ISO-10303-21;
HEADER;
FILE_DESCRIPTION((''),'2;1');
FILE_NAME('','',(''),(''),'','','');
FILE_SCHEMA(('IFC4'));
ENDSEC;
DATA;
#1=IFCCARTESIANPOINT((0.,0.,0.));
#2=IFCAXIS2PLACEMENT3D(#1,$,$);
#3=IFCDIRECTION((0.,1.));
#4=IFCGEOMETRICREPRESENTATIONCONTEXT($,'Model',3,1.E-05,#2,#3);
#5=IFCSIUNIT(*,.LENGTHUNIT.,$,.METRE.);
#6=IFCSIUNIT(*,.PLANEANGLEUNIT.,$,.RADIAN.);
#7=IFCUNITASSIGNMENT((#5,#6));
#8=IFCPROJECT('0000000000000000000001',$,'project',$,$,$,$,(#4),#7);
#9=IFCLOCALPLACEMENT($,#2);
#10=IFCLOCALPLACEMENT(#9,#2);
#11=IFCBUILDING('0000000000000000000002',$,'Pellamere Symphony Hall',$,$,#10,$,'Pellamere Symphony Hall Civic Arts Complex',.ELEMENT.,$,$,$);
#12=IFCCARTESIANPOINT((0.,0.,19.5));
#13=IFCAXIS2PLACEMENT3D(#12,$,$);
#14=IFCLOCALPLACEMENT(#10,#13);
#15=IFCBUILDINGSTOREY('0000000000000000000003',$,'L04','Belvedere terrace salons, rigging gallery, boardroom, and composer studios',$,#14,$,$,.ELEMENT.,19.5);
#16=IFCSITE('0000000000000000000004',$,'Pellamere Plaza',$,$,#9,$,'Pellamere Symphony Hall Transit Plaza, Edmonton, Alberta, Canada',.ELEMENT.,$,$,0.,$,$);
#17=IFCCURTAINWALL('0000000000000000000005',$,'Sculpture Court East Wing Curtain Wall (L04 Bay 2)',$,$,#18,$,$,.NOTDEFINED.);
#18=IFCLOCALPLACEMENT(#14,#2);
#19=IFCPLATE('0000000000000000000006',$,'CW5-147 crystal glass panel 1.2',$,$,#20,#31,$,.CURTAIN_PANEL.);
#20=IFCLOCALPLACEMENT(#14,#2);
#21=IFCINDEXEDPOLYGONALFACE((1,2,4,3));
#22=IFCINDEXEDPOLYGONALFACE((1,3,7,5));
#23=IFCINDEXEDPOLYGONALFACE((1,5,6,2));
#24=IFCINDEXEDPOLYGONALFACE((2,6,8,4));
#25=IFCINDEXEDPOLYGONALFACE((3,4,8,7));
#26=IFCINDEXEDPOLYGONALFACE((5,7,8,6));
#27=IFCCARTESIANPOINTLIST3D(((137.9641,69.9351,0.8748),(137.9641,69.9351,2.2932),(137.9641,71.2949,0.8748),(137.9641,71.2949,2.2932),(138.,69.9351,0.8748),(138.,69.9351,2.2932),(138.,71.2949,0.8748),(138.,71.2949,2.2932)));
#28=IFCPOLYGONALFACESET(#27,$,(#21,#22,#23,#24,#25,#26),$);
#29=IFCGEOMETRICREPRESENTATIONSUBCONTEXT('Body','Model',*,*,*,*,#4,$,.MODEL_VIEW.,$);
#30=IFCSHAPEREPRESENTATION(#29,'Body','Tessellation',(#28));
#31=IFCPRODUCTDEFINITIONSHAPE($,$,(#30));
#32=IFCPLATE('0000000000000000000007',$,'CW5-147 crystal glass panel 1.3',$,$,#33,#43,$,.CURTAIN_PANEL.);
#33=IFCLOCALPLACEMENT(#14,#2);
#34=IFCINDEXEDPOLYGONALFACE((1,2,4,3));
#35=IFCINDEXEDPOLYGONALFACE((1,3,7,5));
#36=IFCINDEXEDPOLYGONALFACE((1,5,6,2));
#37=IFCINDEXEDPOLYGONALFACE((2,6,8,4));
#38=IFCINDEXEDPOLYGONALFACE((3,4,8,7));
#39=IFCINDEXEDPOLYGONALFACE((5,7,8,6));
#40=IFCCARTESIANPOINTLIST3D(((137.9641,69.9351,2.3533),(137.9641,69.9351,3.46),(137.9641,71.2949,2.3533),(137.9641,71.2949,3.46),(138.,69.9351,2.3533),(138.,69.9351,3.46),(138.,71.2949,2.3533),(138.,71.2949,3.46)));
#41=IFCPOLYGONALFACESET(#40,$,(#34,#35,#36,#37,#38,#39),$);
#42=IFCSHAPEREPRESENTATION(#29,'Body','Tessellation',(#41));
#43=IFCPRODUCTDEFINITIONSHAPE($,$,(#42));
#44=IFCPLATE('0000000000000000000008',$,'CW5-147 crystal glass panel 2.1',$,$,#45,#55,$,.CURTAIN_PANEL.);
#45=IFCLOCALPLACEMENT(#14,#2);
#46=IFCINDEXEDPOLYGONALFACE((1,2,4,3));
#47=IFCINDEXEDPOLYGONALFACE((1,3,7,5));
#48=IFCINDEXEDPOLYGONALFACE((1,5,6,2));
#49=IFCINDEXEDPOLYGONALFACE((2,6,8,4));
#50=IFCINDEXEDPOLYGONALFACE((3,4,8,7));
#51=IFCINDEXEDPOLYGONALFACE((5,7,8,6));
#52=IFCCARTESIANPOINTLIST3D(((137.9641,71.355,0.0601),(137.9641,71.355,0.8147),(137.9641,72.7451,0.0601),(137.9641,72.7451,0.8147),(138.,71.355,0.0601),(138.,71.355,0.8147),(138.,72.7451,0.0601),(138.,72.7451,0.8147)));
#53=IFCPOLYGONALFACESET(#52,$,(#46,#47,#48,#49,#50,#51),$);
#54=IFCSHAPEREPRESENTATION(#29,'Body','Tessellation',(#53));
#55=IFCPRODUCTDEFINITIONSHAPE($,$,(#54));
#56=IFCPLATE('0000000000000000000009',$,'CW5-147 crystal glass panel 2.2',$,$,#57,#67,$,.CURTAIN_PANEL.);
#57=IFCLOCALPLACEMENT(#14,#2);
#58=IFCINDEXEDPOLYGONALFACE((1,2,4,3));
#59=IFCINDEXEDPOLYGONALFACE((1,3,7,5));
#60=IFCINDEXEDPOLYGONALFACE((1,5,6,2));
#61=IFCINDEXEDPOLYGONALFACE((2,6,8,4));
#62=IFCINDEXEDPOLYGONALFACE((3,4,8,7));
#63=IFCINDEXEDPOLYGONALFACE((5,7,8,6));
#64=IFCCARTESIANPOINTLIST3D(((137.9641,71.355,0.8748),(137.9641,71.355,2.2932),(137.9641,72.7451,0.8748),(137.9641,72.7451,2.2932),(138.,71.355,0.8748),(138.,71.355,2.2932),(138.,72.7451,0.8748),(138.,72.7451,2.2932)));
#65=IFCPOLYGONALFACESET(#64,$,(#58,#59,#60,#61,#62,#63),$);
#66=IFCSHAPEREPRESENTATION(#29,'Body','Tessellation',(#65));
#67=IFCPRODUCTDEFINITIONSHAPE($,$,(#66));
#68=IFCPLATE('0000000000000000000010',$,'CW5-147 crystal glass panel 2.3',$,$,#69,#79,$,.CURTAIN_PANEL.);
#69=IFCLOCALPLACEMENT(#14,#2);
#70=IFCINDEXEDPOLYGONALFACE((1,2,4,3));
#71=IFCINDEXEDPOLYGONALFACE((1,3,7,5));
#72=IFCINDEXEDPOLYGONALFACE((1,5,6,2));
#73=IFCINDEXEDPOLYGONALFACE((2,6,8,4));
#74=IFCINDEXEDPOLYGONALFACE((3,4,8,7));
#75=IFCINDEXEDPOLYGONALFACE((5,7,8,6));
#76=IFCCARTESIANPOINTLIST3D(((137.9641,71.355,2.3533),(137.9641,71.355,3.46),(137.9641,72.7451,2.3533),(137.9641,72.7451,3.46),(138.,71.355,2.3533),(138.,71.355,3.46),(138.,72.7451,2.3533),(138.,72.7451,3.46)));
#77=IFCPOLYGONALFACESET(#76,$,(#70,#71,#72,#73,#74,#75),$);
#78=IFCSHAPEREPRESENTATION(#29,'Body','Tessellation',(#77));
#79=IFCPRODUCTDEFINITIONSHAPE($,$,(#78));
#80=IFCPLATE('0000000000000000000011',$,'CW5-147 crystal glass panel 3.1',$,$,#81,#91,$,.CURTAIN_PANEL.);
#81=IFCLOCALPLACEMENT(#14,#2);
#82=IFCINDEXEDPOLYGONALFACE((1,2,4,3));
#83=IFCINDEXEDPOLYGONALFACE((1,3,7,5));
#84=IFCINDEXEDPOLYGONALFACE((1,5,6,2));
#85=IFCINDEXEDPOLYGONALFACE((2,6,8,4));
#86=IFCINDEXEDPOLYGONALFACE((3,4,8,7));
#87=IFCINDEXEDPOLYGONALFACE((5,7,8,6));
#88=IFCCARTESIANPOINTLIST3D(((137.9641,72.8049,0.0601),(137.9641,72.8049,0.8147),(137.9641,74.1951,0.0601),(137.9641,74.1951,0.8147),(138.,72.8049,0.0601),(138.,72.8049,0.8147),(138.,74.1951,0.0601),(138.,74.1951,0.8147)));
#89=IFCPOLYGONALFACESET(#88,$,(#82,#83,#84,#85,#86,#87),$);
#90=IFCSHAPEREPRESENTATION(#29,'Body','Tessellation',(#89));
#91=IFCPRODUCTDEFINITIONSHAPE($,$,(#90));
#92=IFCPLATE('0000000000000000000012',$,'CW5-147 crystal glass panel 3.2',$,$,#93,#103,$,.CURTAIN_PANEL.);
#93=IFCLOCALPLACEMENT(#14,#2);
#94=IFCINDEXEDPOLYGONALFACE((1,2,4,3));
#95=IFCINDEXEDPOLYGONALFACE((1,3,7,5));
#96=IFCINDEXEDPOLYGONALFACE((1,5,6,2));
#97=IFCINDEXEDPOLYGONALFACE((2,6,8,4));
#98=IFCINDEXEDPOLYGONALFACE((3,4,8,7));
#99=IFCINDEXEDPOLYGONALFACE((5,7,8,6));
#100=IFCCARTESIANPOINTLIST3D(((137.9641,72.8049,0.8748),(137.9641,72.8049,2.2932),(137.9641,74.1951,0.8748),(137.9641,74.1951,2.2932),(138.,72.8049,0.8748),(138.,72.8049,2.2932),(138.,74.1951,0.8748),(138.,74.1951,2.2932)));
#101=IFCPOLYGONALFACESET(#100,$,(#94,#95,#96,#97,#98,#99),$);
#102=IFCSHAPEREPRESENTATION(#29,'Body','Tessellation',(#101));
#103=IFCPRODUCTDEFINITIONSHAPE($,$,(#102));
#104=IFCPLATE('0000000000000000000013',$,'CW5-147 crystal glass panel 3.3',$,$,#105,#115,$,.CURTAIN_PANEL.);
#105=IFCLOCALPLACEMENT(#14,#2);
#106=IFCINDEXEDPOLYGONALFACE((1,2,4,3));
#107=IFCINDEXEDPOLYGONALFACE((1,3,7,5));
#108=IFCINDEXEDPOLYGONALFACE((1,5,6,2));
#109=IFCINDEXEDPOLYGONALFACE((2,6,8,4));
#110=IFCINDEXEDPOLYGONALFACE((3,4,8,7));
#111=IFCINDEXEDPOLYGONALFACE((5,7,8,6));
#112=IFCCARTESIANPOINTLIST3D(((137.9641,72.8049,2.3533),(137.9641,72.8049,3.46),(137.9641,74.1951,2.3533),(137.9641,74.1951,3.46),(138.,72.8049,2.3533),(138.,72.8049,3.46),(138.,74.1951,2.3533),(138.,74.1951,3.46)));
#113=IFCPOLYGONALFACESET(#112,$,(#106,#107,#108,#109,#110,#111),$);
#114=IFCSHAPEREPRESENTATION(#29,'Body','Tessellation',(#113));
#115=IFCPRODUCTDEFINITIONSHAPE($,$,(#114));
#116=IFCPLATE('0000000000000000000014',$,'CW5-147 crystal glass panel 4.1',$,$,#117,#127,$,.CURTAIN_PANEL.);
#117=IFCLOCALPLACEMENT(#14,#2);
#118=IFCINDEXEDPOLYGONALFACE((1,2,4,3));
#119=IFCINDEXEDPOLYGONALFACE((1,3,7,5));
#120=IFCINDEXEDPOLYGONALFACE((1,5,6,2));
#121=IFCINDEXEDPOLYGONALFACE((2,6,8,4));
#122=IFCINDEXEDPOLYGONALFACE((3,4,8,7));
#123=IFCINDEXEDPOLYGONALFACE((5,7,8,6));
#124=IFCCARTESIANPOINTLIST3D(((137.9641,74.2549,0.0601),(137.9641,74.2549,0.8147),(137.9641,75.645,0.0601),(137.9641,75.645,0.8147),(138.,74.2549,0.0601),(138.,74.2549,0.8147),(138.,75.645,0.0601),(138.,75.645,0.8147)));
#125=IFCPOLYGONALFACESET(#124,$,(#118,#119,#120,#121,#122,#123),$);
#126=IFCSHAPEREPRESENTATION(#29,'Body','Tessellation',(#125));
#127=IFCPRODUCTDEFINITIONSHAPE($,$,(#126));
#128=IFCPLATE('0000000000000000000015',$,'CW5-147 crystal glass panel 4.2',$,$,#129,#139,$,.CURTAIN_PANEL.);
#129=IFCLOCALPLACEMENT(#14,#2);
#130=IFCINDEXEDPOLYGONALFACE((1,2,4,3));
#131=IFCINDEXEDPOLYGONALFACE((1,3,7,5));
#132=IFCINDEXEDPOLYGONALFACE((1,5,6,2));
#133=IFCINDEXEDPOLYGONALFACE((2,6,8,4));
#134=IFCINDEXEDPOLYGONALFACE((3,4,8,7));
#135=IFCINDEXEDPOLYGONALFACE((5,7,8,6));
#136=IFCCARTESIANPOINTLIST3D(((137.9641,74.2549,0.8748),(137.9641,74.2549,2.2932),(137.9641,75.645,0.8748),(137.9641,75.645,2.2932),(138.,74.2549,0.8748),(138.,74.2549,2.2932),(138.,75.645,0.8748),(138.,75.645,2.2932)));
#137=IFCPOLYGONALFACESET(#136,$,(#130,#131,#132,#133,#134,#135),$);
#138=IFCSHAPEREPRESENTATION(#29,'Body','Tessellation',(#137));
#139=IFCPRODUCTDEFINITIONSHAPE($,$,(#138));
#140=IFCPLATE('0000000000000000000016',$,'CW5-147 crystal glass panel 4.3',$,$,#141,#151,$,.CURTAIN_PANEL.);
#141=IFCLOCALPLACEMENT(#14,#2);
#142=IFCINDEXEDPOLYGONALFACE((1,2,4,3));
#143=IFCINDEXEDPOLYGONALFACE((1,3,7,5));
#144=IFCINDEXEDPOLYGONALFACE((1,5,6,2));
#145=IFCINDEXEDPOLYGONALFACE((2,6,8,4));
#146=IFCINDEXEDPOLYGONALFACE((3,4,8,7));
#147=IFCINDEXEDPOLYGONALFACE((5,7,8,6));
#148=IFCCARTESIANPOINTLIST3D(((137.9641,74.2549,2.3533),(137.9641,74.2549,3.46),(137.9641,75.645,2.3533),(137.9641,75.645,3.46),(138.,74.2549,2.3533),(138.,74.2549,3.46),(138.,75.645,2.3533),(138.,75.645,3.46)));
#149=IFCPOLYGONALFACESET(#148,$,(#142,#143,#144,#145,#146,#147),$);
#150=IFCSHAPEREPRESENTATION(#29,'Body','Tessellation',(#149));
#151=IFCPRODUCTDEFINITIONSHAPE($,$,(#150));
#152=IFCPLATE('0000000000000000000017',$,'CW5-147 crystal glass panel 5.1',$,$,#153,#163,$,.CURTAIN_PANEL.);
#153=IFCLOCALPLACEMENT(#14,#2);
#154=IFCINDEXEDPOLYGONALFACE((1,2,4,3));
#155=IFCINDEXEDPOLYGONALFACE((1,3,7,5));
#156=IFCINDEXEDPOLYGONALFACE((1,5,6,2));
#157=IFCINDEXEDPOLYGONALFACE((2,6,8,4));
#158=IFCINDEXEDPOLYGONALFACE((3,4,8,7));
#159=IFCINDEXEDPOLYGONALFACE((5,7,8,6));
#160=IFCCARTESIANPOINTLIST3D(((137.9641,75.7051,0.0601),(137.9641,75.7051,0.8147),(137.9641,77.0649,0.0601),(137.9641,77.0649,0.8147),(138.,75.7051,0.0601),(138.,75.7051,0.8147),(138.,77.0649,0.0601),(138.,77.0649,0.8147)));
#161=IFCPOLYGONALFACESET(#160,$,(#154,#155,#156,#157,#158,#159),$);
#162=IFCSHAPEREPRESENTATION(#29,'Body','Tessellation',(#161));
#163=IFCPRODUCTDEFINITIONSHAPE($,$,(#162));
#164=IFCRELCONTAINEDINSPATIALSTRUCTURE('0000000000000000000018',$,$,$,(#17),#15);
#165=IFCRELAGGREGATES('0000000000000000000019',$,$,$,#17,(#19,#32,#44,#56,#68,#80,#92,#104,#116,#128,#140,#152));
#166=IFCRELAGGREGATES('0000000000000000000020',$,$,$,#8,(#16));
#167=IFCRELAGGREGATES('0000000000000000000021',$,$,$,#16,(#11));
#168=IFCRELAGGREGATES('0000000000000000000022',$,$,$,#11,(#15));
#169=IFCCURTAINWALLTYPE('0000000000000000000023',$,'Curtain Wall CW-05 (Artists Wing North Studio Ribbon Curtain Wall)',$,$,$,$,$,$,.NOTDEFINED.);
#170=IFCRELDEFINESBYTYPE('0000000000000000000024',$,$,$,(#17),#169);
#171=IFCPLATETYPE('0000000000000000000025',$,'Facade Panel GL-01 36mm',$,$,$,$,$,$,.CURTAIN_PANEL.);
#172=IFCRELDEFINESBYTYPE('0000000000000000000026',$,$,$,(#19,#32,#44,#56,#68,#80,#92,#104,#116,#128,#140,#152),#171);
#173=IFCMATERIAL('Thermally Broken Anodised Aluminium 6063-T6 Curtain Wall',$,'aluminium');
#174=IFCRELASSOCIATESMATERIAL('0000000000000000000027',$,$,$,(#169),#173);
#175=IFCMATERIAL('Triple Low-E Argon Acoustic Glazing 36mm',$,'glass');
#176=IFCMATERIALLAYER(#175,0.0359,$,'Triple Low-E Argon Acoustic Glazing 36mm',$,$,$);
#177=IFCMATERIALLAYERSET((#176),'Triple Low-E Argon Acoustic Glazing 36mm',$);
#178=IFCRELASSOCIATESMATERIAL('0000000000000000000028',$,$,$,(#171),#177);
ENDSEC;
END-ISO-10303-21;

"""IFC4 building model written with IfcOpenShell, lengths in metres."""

from ifc_helpers import new_model, si_unit, direction, frame, origin, place, context, subcontext, project, spatial, polyline, outline, extrude, material, layer, layer_set, type_object, element, aggregate, save


model = new_model("IFC4")

# Units and contexts
model_context = context("Model", 3, precision=1e-05, world=origin(), true_north=direction((0.0, 1.0)))
body_context = subcontext(model_context, "Body", "Model", "MODEL_VIEW")
ifc_project = project(units=[si_unit("LENGTHUNIT", "METRE"), si_unit("PLANEANGLEUNIT", "RADIAN")], contexts=[model_context])

# Site, building, storey
site_placement = place(None, origin())
site = spatial("IfcSite", under=ifc_project, at=site_placement, Name="Pellamere Plaza", LongName="Pellamere Symphony Hall Transit Plaza, Edmonton, Alberta, Canada", CompositionType="ELEMENT", RefElevation=0.0)
building_placement = place(site_placement, origin())
building = spatial("IfcBuilding", under=site, at=building_placement, Name="Pellamere Symphony Hall", LongName="Pellamere Symphony Hall Civic Arts Complex", CompositionType="ELEMENT")
storey_placement = place(building_placement, frame((0.0, 0.0, 19.5)))
storey = spatial("IfcBuildingStorey", under=building, at=storey_placement, Name="L04", Description="Belvedere terrace salons, rigging gallery, boardroom, and composer studios", CompositionType="ELEMENT", Elevation=19.5)

# Curtain wall, plates
ifc_material_1 = material(Name="Thermally Broken Anodised Aluminium 6063-T6 Curtain Wall", Category="aluminium")
curtain_wall_type = type_object("IfcCurtainWallType", Name="Curtain Wall CW-05 (Artists Wing North Studio Ribbon Curtain Wall)", PredefinedType="NOTDEFINED", material=ifc_material_1)
curtain_wall_placement = place(storey_placement, origin())
curtain_wall = element("IfcCurtainWall", 1, at=curtain_wall_placement, inside=storey, type_object=curtain_wall_type, Name="Sculpture Court East Wing Curtain Wall (L04 Bay 2)", PredefinedType="NOTDEFINED")
ifc_material_2 = material(Name="Triple Low-E Argon Acoustic Glazing 36mm", Category="glass")
ifc_layer = layer(ifc_material_2, 0.0359, Name="Triple Low-E Argon Acoustic Glazing 36mm")
ifc_layer_set = layer_set([ifc_layer], Name="Triple Low-E Argon Acoustic Glazing 36mm")
plate_type = type_object("IfcPlateType", Name="Facade Panel GL-01 36mm", PredefinedType="CURTAIN_PANEL", material=ifc_layer_set)
plate_1_placement = place(storey_placement, frame((138.0, 69.9351, 0.8748), z_axis=(1.0, 0.0, 0.0), x_axis=(0.0, 1.0, 0.0)))
plate_1 = element("IfcPlate", 2, at=plate_1_placement, type_object=plate_type, Name="CW5-147 crystal glass panel 1.2", PredefinedType="CURTAIN_PANEL", context=body_context, shape_type="SweptSolid", body=[
    extrude(outline(polyline([(0.0, 0.0), (1.3599, 0.0), (1.3599, 1.4185), (0.0, 1.4185), (0.0, 0.0)])), origin(), (0.0, 0.0, -1.0), 0.0359),
])
plate_2_placement = place(storey_placement, frame((138.0, 69.9351, 2.3533), z_axis=(1.0, 0.0, 0.0), x_axis=(0.0, 1.0, 0.0)))
plate_2 = element("IfcPlate", 3, at=plate_2_placement, type_object=plate_type, Name="CW5-147 crystal glass panel 1.3", PredefinedType="CURTAIN_PANEL", context=body_context, shape_type="SweptSolid", body=[
    extrude(outline(polyline([(0.0, 0.0), (1.3599, 0.0), (1.3599, 1.1067), (0.0, 1.1067), (0.0, 0.0)])), origin(), (0.0, 0.0, -1.0), 0.0359),
])
plate_3_placement = place(storey_placement, frame((138.0, 71.355, 0.0601), z_axis=(1.0, 0.0, 0.0), x_axis=(0.0, 1.0, 0.0)))
plate_3 = element("IfcPlate", 4, at=plate_3_placement, type_object=plate_type, Name="CW5-147 crystal glass panel 2.1", PredefinedType="CURTAIN_PANEL", context=body_context, shape_type="SweptSolid", body=[
    extrude(outline(polyline([(0.0, 0.0), (1.3901, 0.0), (1.3901, 0.7546), (0.0, 0.7546), (0.0, 0.0)])), origin(), (0.0, 0.0, -1.0), 0.0359),
])
plate_4_placement = place(storey_placement, frame((138.0, 71.355, 0.8748), z_axis=(1.0, 0.0, 0.0), x_axis=(0.0, 1.0, 0.0)))
plate_4 = element("IfcPlate", 5, at=plate_4_placement, type_object=plate_type, Name="CW5-147 crystal glass panel 2.2", PredefinedType="CURTAIN_PANEL", context=body_context, shape_type="SweptSolid", body=[
    extrude(outline(polyline([(0.0, 0.0), (1.3901, 0.0), (1.3901, 1.4185), (0.0, 1.4185), (0.0, 0.0)])), origin(), (0.0, 0.0, -1.0), 0.0359),
])
plate_5_placement = place(storey_placement, frame((138.0, 71.355, 2.3533), z_axis=(1.0, 0.0, 0.0), x_axis=(0.0, 1.0, 0.0)))
plate_5 = element("IfcPlate", 6, at=plate_5_placement, type_object=plate_type, Name="CW5-147 crystal glass panel 2.3", PredefinedType="CURTAIN_PANEL", context=body_context, shape_type="SweptSolid", body=[
    extrude(outline(polyline([(0.0, 0.0), (1.3901, 0.0), (1.3901, 1.1067), (0.0, 1.1067), (0.0, 0.0)])), origin(), (0.0, 0.0, -1.0), 0.0359),
])
plate_6_placement = place(storey_placement, frame((138.0, 72.8049, 0.0601), z_axis=(1.0, 0.0, 0.0), x_axis=(0.0, 1.0, 0.0)))
plate_6 = element("IfcPlate", 7, at=plate_6_placement, type_object=plate_type, Name="CW5-147 crystal glass panel 3.1", PredefinedType="CURTAIN_PANEL", context=body_context, shape_type="SweptSolid", body=[
    extrude(outline(polyline([(0.0, 0.0), (1.3901, 0.0), (1.3901, 0.7546), (0.0, 0.7546), (0.0, 0.0)])), origin(), (0.0, 0.0, -1.0), 0.0359),
])
plate_7_placement = place(storey_placement, frame((138.0, 72.8049, 0.8748), z_axis=(1.0, 0.0, 0.0), x_axis=(0.0, 1.0, 0.0)))
plate_7 = element("IfcPlate", 8, at=plate_7_placement, type_object=plate_type, Name="CW5-147 crystal glass panel 3.2", PredefinedType="CURTAIN_PANEL", context=body_context, shape_type="SweptSolid", body=[
    extrude(outline(polyline([(0.0, 0.0), (1.3901, 0.0), (1.3901, 1.4185), (0.0, 1.4185), (0.0, 0.0)])), origin(), (0.0, 0.0, -1.0), 0.0359),
])
plate_8_placement = place(storey_placement, frame((138.0, 72.8049, 2.3533), z_axis=(1.0, 0.0, 0.0), x_axis=(0.0, 1.0, 0.0)))
plate_8 = element("IfcPlate", 9, at=plate_8_placement, type_object=plate_type, Name="CW5-147 crystal glass panel 3.3", PredefinedType="CURTAIN_PANEL", context=body_context, shape_type="SweptSolid", body=[
    extrude(outline(polyline([(0.0, 0.0), (1.3901, 0.0), (1.3901, 1.1067), (0.0, 1.1067), (0.0, 0.0)])), origin(), (0.0, 0.0, -1.0), 0.0359),
])
plate_9_placement = place(storey_placement, frame((138.0, 74.2549, 0.0601), z_axis=(1.0, 0.0, 0.0), x_axis=(0.0, 1.0, 0.0)))
plate_9 = element("IfcPlate", 10, at=plate_9_placement, type_object=plate_type, Name="CW5-147 crystal glass panel 4.1", PredefinedType="CURTAIN_PANEL", context=body_context, shape_type="SweptSolid", body=[
    extrude(outline(polyline([(0.0, 0.0), (1.3901, 0.0), (1.3901, 0.7546), (0.0, 0.7546), (0.0, 0.0)])), origin(), (0.0, 0.0, -1.0), 0.0359),
])
plate_10_placement = place(storey_placement, frame((138.0, 74.2549, 0.8748), z_axis=(1.0, 0.0, 0.0), x_axis=(0.0, 1.0, 0.0)))
plate_10 = element("IfcPlate", 11, at=plate_10_placement, type_object=plate_type, Name="CW5-147 crystal glass panel 4.2", PredefinedType="CURTAIN_PANEL", context=body_context, shape_type="SweptSolid", body=[
    extrude(outline(polyline([(0.0, 0.0), (1.3901, 0.0), (1.3901, 1.4185), (0.0, 1.4185), (0.0, 0.0)])), origin(), (0.0, 0.0, -1.0), 0.0359),
])
plate_11_placement = place(storey_placement, frame((138.0, 74.2549, 2.3533), z_axis=(1.0, 0.0, 0.0), x_axis=(0.0, 1.0, 0.0)))
plate_11 = element("IfcPlate", 12, at=plate_11_placement, type_object=plate_type, Name="CW5-147 crystal glass panel 4.3", PredefinedType="CURTAIN_PANEL", context=body_context, shape_type="SweptSolid", body=[
    extrude(outline(polyline([(0.0, 0.0), (1.3901, 0.0), (1.3901, 1.1067), (0.0, 1.1067), (0.0, 0.0)])), origin(), (0.0, 0.0, -1.0), 0.0359),
])
plate_12_placement = place(storey_placement, frame((138.0, 75.7051, 0.0601), z_axis=(1.0, 0.0, 0.0), x_axis=(0.0, 1.0, 0.0)))
plate_12 = element("IfcPlate", 13, at=plate_12_placement, type_object=plate_type, Name="CW5-147 crystal glass panel 5.1", PredefinedType="CURTAIN_PANEL", context=body_context, shape_type="SweptSolid", body=[
    extrude(outline(polyline([(0.0, 0.0), (1.3599, 0.0), (1.3599, 0.7546), (0.0, 0.7546), (0.0, 0.0)])), origin(), (0.0, 0.0, -1.0), 0.0359),
])
aggregate(curtain_wall, [plate_1, plate_2, plate_3, plate_4, plate_5, plate_6, plate_7, plate_8, plate_9, plate_10, plate_11, plate_12])

save(model, "model.ifc")
